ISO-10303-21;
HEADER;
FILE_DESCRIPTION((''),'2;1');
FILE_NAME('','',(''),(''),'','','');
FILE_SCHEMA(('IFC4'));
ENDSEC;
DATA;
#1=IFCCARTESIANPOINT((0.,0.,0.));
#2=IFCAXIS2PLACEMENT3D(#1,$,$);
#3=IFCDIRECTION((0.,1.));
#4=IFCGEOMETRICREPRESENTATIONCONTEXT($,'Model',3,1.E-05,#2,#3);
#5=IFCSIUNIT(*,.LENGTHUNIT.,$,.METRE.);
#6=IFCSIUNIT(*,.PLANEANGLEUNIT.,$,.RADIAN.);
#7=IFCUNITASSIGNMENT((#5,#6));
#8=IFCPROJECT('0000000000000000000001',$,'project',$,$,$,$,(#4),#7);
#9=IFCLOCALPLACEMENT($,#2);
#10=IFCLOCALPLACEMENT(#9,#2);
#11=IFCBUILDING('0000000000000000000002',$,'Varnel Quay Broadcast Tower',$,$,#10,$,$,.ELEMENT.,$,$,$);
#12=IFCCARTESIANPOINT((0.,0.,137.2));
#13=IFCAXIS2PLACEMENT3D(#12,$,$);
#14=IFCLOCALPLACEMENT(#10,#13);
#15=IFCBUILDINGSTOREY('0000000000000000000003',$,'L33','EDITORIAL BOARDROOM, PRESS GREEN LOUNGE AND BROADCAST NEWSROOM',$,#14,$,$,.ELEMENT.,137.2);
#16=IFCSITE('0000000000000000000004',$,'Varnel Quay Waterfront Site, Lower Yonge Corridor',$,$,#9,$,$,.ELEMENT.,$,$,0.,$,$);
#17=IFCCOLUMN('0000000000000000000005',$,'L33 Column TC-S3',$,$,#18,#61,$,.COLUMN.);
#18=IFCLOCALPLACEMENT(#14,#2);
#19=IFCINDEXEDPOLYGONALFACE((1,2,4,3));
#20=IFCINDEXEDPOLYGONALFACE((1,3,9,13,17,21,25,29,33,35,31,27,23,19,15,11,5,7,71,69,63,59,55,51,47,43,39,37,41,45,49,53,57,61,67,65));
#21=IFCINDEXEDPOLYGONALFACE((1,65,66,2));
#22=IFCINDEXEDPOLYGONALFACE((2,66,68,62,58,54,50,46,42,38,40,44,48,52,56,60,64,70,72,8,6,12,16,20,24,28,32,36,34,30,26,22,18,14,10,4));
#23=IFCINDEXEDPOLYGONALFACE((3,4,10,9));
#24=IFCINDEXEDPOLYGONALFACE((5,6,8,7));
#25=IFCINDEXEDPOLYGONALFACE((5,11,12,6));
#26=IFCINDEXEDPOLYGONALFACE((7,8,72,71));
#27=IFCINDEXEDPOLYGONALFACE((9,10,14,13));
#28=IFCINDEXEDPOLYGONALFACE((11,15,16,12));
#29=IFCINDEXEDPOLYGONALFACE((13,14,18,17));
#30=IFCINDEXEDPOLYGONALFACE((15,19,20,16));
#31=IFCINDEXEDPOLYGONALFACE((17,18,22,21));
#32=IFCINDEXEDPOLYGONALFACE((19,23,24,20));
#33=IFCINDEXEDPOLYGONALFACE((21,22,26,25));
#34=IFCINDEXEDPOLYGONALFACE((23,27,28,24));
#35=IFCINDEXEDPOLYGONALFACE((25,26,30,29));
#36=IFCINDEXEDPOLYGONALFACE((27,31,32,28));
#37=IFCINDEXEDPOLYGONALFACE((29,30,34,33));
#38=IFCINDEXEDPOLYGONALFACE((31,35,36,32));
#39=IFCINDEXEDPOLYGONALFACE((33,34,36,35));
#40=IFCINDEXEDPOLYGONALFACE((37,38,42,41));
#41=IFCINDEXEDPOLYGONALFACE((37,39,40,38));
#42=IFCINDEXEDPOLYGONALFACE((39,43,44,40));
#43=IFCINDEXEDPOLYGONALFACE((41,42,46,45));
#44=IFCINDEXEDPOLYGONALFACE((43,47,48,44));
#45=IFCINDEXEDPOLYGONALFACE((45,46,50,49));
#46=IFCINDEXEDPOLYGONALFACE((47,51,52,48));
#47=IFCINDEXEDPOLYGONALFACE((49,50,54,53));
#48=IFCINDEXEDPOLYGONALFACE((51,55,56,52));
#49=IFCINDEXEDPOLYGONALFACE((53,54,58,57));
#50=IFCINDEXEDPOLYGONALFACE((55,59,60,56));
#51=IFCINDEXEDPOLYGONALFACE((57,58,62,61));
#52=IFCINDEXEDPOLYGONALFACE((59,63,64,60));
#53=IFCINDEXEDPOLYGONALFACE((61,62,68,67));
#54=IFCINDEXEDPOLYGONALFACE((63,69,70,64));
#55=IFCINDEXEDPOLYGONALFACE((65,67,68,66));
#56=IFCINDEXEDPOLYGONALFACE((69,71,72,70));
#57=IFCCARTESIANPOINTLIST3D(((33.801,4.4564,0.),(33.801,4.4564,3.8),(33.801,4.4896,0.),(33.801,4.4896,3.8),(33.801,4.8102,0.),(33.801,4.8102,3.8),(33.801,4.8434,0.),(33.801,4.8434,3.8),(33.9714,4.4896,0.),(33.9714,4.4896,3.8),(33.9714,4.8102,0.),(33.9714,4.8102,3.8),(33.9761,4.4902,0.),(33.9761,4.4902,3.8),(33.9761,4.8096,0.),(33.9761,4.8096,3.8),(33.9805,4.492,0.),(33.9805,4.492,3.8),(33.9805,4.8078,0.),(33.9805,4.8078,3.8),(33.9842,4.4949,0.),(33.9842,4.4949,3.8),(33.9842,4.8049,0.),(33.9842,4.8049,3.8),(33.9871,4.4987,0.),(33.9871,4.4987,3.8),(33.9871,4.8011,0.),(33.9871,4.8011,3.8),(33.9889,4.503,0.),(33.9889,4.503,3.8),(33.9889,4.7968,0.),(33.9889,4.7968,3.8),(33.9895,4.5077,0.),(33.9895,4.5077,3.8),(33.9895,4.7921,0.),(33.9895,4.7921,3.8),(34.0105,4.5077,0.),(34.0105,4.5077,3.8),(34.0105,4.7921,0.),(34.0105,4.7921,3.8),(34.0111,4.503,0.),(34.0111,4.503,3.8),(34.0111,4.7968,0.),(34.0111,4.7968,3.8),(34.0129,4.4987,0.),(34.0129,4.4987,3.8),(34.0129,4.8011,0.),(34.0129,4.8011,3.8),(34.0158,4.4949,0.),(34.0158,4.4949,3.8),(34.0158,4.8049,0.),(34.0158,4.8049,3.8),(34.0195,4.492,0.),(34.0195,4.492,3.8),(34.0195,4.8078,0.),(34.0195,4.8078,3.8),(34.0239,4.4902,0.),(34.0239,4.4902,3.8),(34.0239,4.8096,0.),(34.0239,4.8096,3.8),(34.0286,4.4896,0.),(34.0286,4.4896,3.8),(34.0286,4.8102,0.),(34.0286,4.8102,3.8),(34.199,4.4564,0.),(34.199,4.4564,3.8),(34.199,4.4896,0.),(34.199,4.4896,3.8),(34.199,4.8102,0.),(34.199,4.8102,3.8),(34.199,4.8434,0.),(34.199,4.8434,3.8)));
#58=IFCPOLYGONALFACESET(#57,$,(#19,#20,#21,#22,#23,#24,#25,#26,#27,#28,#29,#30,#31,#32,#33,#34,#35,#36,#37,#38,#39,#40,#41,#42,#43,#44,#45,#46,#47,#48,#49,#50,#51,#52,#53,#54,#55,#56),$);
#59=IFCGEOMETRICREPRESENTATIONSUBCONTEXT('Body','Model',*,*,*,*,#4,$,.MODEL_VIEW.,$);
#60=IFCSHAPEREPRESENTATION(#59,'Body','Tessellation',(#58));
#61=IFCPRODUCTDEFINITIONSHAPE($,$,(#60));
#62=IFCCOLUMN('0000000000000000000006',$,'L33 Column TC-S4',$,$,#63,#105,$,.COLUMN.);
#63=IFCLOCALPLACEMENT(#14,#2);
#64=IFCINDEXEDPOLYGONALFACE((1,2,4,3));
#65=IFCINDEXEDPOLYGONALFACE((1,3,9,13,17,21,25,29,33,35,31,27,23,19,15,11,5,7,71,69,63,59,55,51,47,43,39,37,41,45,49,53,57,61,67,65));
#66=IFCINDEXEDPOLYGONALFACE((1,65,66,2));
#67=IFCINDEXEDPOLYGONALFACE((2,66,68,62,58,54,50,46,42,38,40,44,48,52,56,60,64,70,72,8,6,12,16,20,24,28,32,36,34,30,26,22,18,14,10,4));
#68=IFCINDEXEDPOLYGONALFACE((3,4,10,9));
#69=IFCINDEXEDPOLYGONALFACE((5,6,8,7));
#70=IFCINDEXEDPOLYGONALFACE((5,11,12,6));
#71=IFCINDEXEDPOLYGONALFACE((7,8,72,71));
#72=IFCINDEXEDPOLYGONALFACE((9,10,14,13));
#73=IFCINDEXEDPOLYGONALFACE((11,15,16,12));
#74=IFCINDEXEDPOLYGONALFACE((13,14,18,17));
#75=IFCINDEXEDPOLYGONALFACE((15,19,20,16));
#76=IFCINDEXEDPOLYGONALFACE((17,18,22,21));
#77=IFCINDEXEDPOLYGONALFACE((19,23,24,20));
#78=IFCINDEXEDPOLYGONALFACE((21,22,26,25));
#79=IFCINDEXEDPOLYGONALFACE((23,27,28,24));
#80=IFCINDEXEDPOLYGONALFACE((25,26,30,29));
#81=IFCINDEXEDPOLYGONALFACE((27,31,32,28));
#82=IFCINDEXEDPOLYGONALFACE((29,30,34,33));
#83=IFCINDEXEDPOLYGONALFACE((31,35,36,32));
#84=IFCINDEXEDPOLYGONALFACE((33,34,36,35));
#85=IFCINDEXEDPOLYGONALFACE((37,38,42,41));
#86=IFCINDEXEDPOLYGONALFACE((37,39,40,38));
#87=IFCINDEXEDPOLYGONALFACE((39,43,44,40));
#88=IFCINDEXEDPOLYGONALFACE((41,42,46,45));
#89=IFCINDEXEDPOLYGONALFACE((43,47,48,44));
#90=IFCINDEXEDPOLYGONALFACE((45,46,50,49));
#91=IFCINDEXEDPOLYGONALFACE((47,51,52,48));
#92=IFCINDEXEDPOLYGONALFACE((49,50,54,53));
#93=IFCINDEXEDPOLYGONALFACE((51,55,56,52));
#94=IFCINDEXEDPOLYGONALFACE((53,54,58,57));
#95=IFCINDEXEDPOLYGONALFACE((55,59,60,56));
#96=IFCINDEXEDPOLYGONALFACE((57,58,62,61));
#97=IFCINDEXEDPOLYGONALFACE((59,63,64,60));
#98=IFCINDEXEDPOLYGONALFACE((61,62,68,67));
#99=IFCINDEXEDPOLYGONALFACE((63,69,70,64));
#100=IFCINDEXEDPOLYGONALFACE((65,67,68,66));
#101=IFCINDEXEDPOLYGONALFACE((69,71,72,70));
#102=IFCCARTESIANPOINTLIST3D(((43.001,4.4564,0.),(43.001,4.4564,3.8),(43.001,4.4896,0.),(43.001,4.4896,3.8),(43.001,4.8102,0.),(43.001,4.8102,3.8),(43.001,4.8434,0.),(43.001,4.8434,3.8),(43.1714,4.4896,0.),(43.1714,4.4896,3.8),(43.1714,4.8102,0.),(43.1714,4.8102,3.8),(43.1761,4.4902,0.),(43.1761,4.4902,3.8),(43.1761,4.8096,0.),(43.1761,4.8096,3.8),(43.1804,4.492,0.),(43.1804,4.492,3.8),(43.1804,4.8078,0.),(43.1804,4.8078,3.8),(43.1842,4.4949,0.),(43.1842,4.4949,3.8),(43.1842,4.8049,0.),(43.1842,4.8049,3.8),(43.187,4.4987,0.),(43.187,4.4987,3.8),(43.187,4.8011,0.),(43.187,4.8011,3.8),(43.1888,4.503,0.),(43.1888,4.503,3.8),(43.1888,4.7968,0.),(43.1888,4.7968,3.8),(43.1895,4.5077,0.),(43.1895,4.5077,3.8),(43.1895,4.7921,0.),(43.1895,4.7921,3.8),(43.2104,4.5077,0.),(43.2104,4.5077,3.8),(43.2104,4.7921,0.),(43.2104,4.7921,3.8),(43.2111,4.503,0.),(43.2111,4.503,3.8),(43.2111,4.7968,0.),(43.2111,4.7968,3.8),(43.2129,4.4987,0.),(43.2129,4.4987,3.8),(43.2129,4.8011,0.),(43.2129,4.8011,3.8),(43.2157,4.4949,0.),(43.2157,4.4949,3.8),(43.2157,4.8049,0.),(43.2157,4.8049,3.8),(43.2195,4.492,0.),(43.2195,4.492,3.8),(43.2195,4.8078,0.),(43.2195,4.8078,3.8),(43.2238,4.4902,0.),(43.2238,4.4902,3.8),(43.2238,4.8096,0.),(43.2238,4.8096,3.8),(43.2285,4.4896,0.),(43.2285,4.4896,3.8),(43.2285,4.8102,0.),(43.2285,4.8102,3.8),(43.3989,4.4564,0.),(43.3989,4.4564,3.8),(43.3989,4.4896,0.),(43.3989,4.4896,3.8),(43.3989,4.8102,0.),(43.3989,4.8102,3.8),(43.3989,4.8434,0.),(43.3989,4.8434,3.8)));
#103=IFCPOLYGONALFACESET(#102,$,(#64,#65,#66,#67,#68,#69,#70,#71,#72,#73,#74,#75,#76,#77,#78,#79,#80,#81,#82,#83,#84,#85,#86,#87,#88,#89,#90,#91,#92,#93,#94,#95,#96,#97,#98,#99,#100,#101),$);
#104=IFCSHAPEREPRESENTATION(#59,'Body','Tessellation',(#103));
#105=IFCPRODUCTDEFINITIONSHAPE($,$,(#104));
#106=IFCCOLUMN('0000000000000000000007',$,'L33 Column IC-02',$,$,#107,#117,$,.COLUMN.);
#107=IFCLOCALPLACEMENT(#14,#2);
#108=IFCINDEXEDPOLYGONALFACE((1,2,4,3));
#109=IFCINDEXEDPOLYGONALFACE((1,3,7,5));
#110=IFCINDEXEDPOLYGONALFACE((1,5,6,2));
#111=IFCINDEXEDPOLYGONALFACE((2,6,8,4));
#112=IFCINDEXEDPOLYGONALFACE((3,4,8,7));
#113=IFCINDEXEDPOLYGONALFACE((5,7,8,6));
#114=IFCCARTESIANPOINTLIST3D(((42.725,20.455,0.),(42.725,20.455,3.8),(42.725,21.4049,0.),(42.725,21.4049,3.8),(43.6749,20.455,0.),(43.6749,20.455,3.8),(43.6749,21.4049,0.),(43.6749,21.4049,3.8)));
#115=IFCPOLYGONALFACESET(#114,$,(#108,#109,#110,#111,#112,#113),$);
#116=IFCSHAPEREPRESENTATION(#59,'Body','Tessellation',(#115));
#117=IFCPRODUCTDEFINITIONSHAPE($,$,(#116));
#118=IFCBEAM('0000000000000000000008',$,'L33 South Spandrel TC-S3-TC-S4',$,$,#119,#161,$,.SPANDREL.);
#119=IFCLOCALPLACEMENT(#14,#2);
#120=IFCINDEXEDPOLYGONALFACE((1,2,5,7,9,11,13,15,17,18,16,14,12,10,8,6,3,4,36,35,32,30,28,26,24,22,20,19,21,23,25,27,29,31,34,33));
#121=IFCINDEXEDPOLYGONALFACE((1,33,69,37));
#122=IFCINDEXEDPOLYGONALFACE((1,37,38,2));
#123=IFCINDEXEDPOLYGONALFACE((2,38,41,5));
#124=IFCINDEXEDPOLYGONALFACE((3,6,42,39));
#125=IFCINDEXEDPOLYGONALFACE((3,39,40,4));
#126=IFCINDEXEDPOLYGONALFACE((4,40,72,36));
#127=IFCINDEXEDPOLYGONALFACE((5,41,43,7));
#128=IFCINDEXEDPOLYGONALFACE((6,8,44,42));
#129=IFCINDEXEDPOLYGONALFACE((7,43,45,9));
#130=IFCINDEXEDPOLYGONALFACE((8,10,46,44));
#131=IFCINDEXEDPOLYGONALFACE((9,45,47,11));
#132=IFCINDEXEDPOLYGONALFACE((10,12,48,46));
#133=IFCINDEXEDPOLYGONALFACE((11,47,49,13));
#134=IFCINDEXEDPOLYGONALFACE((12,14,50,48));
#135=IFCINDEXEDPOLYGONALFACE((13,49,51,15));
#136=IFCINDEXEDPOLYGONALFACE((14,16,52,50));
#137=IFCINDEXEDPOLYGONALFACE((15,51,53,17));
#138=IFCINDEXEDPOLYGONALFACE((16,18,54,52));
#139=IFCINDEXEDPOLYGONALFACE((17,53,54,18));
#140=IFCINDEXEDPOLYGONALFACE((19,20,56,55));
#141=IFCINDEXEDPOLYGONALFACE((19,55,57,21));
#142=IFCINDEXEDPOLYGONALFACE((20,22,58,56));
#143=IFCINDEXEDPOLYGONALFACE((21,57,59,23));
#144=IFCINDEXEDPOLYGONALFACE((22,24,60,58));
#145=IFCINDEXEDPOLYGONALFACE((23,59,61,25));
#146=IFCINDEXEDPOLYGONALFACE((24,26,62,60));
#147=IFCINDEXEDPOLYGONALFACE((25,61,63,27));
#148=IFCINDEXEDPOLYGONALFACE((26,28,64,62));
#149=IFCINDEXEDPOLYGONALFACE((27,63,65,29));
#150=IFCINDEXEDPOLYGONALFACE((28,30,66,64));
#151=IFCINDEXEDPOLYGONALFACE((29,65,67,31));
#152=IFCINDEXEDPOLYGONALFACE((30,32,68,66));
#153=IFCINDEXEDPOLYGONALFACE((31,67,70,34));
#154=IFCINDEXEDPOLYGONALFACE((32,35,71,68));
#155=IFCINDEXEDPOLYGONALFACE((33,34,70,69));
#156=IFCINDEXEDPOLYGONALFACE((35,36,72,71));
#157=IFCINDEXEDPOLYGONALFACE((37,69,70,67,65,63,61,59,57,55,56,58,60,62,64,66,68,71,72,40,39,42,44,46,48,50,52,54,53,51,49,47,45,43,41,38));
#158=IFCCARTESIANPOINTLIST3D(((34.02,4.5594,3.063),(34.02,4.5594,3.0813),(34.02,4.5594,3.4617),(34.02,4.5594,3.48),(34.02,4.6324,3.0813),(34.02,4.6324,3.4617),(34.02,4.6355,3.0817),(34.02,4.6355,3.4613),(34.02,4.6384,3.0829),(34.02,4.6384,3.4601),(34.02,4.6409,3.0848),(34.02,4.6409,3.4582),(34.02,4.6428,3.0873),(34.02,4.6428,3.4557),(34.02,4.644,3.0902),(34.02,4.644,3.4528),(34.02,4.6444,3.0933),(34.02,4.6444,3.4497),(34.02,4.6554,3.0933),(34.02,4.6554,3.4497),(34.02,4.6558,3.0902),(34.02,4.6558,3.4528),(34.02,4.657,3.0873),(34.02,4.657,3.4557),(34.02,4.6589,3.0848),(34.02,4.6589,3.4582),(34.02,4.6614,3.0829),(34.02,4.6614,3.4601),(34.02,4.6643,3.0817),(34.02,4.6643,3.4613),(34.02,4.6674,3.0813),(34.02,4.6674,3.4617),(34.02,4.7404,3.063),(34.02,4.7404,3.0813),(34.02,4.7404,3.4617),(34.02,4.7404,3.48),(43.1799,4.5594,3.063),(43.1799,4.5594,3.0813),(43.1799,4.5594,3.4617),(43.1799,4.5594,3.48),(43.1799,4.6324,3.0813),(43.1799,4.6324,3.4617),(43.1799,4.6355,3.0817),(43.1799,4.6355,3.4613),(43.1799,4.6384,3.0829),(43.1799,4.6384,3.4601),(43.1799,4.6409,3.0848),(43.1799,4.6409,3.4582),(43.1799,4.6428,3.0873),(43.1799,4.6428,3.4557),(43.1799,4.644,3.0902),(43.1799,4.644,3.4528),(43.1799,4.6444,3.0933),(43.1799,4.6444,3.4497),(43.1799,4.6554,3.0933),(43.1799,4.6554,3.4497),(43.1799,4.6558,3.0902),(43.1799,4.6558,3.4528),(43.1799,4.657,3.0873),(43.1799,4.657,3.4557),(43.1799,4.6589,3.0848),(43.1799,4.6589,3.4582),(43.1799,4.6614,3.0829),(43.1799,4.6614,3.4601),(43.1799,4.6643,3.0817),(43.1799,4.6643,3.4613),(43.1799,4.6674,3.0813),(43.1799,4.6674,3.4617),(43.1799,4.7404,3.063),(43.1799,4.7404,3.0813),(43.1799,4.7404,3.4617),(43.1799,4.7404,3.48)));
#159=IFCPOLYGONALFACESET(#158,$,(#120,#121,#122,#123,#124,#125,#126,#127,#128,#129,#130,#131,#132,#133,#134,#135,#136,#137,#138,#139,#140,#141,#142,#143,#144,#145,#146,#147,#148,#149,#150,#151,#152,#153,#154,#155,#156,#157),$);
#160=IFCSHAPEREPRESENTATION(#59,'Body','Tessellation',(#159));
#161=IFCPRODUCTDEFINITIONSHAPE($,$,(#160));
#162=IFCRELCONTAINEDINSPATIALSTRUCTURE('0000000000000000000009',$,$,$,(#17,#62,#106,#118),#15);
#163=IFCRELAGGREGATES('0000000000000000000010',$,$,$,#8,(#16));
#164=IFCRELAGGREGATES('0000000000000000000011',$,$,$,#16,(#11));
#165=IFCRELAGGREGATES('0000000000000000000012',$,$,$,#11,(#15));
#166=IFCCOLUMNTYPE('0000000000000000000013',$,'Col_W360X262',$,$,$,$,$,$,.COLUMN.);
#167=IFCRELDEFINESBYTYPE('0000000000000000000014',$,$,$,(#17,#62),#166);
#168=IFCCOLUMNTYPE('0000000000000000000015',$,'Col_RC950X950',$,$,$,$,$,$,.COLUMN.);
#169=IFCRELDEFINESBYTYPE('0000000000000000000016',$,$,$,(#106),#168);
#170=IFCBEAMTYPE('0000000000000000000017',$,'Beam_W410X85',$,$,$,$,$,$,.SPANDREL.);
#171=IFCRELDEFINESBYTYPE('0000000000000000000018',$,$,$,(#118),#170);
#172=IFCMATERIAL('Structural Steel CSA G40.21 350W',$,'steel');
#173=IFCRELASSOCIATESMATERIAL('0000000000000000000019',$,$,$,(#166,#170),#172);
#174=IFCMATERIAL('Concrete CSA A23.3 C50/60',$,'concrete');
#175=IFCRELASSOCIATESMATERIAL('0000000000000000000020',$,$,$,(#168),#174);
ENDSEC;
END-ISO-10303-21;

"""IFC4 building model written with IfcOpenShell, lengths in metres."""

from ifc_helpers import new_model, si_unit, direction, frame, origin, origin_2d, place, context, subcontext, project, spatial, rectangle, i_section, extrude, source, transform, mapped, material, material_profile, profile_set, type_object, type_shapes, element, save


model = new_model("IFC4")

# Units and contexts
model_context = context("Model", 3, precision=1e-05, world=origin(), true_north=direction((0.0, 1.0)))
body_context = subcontext(model_context, "Body", "Model", "MODEL_VIEW")
ifc_project = project(units=[si_unit("LENGTHUNIT", "METRE"), si_unit("PLANEANGLEUNIT", "RADIAN")], contexts=[model_context])

# Site, building, storey
site_placement = place(None, origin())
site = spatial("IfcSite", under=ifc_project, at=site_placement, Name="Varnel Quay Waterfront Site, Lower Yonge Corridor", CompositionType="ELEMENT", RefElevation=0.0)
building_placement = place(site_placement, origin())
building = spatial("IfcBuilding", under=site, at=building_placement, Name="Varnel Quay Broadcast Tower", CompositionType="ELEMENT")
storey_placement = place(building_placement, frame((0.0, 0.0, 137.2)))
storey = spatial("IfcBuildingStorey", under=building, at=storey_placement, Name="L33", Description="EDITORIAL BOARDROOM, PRESS GREEN LOUNGE AND BROADCAST NEWSROOM", CompositionType="ELEMENT", Elevation=137.2)

# Columns
ifc_material_1 = material(Name="Structural Steel CSA G40.21 350W", Category="steel")
ifc_material_profile_1 = material_profile(ifc_material_1, i_section(OverallWidth=0.3979, OverallDepth=0.387, WebThickness=0.021, FlangeThickness=0.0332, FilletRadius=0.0181, at=origin_2d()), Name="W360X262")
ifc_profile_set_1 = profile_set([ifc_material_profile_1], Name="Structural Steel CSA G40.21 350W")
column_type_1 = type_object("IfcColumnType", Name="Col_W360X262", PredefinedType="COLUMN", material=ifc_profile_set_1)
shared_shape_1 = source(origin(), body_context, "Body", "SweptSolid", [
    extrude(i_section(OverallWidth=0.3979, OverallDepth=0.387, WebThickness=0.021, FlangeThickness=0.0332, FilletRadius=0.0181, at=origin_2d()), origin(), (0.0, 0.0, 1.0), 3.8),
])
type_shapes(column_type_1, [shared_shape_1])
for number, where, z_axis, x_axis, name in (
    (1, (34.0, 4.6499, 0.0), (0.0, 0.0, 1.0), (1.0, 0.0, 0.0), "L33 Column TC-S3"),
    (2, (43.2, 4.6499, 0.0), (0.0, 0.0, 1.0), (1.0, 0.0, 0.0), "L33 Column TC-S4"),
):
    element("IfcColumn", number, at=place(storey_placement, frame(where, z_axis=z_axis, x_axis=x_axis)), inside=storey, type_object=column_type_1, Name=name, PredefinedType="COLUMN", context=body_context, shape_type="MappedRepresentation", body=[
        mapped(shared_shape_1, transform((0.0, 0.0, 0.0), x_axis=(1.0, 0.0, 0.0), y_axis=(0.0, 1.0, 0.0), z_axis=(0.0, 0.0, 1.0), scale=1.0)),
    ])
ifc_material_2 = material(Name="Concrete CSA A23.3 C50/60", Category="concrete")
ifc_material_profile_2 = material_profile(ifc_material_2, rectangle(XDim=0.95, YDim=0.95, at=origin_2d()), Name="RC950X950")
ifc_profile_set_2 = profile_set([ifc_material_profile_2], Name="Concrete CSA A23.3 C50/60")
column_type_2 = type_object("IfcColumnType", Name="Col_RC950X950", PredefinedType="COLUMN", material=ifc_profile_set_2)
shared_shape_2 = source(origin(), body_context, "Body", "SweptSolid", [
    extrude(rectangle(XDim=0.95, YDim=0.95, at=origin_2d()), origin(), (0.0, 0.0, 1.0), 3.8),
])
type_shapes(column_type_2, [shared_shape_2])
column_placement = place(storey_placement, frame((43.2, 20.9299, 0.0), z_axis=(0.0, 0.0, 1.0), x_axis=(1.0, 0.0, 0.0)))
element("IfcColumn", 3, at=column_placement, inside=storey, type_object=column_type_2, Name="L33 Column IC-02", PredefinedType="COLUMN", context=body_context, shape_type="MappedRepresentation", body=[
    mapped(shared_shape_2, transform((0.0, 0.0, 0.0), x_axis=(1.0, 0.0, 0.0), y_axis=(0.0, 1.0, 0.0), z_axis=(0.0, 0.0, 1.0), scale=1.0)),
])

# Beam
ifc_material_profile_3 = material_profile(ifc_material_1, i_section(OverallWidth=0.1809, OverallDepth=0.417, WebThickness=0.011, FlangeThickness=0.0183, FilletRadius=0.012, at=origin_2d()), Name="W410X85")
ifc_profile_set_3 = profile_set([ifc_material_profile_3], Name="Structural Steel CSA G40.21 350W")
beam_type_1 = type_object("IfcBeamType", Name="Beam_W410X85", PredefinedType="SPANDREL", material=ifc_profile_set_3)
shared_shape_3 = source(origin(), body_context, "Body", "SweptSolid", [
    extrude(i_section(OverallWidth=0.1809, OverallDepth=0.417, WebThickness=0.011, FlangeThickness=0.0183, FilletRadius=0.012, at=origin_2d()), origin(), (0.0, 0.0, 1.0), 9.1599),
])
type_shapes(beam_type_1, [shared_shape_3])
for number, where, z_axis, x_axis, name in (
    (4, (34.02, 4.6499, 3.2715), (1.0, 0.0, 0.0), (0.0, 1.0, 0.0), "L33 South Spandrel TC-S3-TC-S4"),
):
    element("IfcBeam", number, at=place(storey_placement, frame(where, z_axis=z_axis, x_axis=x_axis)), inside=storey, type_object=beam_type_1, Name=name, PredefinedType="SPANDREL", context=body_context, shape_type="MappedRepresentation", body=[
        mapped(shared_shape_3, transform((0.0, 0.0, 0.0), x_axis=(1.0, 0.0, 0.0), y_axis=(0.0, 1.0, 0.0), z_axis=(0.0, 0.0, 1.0), scale=1.0)),
    ])

save(model, "model.ifc")
